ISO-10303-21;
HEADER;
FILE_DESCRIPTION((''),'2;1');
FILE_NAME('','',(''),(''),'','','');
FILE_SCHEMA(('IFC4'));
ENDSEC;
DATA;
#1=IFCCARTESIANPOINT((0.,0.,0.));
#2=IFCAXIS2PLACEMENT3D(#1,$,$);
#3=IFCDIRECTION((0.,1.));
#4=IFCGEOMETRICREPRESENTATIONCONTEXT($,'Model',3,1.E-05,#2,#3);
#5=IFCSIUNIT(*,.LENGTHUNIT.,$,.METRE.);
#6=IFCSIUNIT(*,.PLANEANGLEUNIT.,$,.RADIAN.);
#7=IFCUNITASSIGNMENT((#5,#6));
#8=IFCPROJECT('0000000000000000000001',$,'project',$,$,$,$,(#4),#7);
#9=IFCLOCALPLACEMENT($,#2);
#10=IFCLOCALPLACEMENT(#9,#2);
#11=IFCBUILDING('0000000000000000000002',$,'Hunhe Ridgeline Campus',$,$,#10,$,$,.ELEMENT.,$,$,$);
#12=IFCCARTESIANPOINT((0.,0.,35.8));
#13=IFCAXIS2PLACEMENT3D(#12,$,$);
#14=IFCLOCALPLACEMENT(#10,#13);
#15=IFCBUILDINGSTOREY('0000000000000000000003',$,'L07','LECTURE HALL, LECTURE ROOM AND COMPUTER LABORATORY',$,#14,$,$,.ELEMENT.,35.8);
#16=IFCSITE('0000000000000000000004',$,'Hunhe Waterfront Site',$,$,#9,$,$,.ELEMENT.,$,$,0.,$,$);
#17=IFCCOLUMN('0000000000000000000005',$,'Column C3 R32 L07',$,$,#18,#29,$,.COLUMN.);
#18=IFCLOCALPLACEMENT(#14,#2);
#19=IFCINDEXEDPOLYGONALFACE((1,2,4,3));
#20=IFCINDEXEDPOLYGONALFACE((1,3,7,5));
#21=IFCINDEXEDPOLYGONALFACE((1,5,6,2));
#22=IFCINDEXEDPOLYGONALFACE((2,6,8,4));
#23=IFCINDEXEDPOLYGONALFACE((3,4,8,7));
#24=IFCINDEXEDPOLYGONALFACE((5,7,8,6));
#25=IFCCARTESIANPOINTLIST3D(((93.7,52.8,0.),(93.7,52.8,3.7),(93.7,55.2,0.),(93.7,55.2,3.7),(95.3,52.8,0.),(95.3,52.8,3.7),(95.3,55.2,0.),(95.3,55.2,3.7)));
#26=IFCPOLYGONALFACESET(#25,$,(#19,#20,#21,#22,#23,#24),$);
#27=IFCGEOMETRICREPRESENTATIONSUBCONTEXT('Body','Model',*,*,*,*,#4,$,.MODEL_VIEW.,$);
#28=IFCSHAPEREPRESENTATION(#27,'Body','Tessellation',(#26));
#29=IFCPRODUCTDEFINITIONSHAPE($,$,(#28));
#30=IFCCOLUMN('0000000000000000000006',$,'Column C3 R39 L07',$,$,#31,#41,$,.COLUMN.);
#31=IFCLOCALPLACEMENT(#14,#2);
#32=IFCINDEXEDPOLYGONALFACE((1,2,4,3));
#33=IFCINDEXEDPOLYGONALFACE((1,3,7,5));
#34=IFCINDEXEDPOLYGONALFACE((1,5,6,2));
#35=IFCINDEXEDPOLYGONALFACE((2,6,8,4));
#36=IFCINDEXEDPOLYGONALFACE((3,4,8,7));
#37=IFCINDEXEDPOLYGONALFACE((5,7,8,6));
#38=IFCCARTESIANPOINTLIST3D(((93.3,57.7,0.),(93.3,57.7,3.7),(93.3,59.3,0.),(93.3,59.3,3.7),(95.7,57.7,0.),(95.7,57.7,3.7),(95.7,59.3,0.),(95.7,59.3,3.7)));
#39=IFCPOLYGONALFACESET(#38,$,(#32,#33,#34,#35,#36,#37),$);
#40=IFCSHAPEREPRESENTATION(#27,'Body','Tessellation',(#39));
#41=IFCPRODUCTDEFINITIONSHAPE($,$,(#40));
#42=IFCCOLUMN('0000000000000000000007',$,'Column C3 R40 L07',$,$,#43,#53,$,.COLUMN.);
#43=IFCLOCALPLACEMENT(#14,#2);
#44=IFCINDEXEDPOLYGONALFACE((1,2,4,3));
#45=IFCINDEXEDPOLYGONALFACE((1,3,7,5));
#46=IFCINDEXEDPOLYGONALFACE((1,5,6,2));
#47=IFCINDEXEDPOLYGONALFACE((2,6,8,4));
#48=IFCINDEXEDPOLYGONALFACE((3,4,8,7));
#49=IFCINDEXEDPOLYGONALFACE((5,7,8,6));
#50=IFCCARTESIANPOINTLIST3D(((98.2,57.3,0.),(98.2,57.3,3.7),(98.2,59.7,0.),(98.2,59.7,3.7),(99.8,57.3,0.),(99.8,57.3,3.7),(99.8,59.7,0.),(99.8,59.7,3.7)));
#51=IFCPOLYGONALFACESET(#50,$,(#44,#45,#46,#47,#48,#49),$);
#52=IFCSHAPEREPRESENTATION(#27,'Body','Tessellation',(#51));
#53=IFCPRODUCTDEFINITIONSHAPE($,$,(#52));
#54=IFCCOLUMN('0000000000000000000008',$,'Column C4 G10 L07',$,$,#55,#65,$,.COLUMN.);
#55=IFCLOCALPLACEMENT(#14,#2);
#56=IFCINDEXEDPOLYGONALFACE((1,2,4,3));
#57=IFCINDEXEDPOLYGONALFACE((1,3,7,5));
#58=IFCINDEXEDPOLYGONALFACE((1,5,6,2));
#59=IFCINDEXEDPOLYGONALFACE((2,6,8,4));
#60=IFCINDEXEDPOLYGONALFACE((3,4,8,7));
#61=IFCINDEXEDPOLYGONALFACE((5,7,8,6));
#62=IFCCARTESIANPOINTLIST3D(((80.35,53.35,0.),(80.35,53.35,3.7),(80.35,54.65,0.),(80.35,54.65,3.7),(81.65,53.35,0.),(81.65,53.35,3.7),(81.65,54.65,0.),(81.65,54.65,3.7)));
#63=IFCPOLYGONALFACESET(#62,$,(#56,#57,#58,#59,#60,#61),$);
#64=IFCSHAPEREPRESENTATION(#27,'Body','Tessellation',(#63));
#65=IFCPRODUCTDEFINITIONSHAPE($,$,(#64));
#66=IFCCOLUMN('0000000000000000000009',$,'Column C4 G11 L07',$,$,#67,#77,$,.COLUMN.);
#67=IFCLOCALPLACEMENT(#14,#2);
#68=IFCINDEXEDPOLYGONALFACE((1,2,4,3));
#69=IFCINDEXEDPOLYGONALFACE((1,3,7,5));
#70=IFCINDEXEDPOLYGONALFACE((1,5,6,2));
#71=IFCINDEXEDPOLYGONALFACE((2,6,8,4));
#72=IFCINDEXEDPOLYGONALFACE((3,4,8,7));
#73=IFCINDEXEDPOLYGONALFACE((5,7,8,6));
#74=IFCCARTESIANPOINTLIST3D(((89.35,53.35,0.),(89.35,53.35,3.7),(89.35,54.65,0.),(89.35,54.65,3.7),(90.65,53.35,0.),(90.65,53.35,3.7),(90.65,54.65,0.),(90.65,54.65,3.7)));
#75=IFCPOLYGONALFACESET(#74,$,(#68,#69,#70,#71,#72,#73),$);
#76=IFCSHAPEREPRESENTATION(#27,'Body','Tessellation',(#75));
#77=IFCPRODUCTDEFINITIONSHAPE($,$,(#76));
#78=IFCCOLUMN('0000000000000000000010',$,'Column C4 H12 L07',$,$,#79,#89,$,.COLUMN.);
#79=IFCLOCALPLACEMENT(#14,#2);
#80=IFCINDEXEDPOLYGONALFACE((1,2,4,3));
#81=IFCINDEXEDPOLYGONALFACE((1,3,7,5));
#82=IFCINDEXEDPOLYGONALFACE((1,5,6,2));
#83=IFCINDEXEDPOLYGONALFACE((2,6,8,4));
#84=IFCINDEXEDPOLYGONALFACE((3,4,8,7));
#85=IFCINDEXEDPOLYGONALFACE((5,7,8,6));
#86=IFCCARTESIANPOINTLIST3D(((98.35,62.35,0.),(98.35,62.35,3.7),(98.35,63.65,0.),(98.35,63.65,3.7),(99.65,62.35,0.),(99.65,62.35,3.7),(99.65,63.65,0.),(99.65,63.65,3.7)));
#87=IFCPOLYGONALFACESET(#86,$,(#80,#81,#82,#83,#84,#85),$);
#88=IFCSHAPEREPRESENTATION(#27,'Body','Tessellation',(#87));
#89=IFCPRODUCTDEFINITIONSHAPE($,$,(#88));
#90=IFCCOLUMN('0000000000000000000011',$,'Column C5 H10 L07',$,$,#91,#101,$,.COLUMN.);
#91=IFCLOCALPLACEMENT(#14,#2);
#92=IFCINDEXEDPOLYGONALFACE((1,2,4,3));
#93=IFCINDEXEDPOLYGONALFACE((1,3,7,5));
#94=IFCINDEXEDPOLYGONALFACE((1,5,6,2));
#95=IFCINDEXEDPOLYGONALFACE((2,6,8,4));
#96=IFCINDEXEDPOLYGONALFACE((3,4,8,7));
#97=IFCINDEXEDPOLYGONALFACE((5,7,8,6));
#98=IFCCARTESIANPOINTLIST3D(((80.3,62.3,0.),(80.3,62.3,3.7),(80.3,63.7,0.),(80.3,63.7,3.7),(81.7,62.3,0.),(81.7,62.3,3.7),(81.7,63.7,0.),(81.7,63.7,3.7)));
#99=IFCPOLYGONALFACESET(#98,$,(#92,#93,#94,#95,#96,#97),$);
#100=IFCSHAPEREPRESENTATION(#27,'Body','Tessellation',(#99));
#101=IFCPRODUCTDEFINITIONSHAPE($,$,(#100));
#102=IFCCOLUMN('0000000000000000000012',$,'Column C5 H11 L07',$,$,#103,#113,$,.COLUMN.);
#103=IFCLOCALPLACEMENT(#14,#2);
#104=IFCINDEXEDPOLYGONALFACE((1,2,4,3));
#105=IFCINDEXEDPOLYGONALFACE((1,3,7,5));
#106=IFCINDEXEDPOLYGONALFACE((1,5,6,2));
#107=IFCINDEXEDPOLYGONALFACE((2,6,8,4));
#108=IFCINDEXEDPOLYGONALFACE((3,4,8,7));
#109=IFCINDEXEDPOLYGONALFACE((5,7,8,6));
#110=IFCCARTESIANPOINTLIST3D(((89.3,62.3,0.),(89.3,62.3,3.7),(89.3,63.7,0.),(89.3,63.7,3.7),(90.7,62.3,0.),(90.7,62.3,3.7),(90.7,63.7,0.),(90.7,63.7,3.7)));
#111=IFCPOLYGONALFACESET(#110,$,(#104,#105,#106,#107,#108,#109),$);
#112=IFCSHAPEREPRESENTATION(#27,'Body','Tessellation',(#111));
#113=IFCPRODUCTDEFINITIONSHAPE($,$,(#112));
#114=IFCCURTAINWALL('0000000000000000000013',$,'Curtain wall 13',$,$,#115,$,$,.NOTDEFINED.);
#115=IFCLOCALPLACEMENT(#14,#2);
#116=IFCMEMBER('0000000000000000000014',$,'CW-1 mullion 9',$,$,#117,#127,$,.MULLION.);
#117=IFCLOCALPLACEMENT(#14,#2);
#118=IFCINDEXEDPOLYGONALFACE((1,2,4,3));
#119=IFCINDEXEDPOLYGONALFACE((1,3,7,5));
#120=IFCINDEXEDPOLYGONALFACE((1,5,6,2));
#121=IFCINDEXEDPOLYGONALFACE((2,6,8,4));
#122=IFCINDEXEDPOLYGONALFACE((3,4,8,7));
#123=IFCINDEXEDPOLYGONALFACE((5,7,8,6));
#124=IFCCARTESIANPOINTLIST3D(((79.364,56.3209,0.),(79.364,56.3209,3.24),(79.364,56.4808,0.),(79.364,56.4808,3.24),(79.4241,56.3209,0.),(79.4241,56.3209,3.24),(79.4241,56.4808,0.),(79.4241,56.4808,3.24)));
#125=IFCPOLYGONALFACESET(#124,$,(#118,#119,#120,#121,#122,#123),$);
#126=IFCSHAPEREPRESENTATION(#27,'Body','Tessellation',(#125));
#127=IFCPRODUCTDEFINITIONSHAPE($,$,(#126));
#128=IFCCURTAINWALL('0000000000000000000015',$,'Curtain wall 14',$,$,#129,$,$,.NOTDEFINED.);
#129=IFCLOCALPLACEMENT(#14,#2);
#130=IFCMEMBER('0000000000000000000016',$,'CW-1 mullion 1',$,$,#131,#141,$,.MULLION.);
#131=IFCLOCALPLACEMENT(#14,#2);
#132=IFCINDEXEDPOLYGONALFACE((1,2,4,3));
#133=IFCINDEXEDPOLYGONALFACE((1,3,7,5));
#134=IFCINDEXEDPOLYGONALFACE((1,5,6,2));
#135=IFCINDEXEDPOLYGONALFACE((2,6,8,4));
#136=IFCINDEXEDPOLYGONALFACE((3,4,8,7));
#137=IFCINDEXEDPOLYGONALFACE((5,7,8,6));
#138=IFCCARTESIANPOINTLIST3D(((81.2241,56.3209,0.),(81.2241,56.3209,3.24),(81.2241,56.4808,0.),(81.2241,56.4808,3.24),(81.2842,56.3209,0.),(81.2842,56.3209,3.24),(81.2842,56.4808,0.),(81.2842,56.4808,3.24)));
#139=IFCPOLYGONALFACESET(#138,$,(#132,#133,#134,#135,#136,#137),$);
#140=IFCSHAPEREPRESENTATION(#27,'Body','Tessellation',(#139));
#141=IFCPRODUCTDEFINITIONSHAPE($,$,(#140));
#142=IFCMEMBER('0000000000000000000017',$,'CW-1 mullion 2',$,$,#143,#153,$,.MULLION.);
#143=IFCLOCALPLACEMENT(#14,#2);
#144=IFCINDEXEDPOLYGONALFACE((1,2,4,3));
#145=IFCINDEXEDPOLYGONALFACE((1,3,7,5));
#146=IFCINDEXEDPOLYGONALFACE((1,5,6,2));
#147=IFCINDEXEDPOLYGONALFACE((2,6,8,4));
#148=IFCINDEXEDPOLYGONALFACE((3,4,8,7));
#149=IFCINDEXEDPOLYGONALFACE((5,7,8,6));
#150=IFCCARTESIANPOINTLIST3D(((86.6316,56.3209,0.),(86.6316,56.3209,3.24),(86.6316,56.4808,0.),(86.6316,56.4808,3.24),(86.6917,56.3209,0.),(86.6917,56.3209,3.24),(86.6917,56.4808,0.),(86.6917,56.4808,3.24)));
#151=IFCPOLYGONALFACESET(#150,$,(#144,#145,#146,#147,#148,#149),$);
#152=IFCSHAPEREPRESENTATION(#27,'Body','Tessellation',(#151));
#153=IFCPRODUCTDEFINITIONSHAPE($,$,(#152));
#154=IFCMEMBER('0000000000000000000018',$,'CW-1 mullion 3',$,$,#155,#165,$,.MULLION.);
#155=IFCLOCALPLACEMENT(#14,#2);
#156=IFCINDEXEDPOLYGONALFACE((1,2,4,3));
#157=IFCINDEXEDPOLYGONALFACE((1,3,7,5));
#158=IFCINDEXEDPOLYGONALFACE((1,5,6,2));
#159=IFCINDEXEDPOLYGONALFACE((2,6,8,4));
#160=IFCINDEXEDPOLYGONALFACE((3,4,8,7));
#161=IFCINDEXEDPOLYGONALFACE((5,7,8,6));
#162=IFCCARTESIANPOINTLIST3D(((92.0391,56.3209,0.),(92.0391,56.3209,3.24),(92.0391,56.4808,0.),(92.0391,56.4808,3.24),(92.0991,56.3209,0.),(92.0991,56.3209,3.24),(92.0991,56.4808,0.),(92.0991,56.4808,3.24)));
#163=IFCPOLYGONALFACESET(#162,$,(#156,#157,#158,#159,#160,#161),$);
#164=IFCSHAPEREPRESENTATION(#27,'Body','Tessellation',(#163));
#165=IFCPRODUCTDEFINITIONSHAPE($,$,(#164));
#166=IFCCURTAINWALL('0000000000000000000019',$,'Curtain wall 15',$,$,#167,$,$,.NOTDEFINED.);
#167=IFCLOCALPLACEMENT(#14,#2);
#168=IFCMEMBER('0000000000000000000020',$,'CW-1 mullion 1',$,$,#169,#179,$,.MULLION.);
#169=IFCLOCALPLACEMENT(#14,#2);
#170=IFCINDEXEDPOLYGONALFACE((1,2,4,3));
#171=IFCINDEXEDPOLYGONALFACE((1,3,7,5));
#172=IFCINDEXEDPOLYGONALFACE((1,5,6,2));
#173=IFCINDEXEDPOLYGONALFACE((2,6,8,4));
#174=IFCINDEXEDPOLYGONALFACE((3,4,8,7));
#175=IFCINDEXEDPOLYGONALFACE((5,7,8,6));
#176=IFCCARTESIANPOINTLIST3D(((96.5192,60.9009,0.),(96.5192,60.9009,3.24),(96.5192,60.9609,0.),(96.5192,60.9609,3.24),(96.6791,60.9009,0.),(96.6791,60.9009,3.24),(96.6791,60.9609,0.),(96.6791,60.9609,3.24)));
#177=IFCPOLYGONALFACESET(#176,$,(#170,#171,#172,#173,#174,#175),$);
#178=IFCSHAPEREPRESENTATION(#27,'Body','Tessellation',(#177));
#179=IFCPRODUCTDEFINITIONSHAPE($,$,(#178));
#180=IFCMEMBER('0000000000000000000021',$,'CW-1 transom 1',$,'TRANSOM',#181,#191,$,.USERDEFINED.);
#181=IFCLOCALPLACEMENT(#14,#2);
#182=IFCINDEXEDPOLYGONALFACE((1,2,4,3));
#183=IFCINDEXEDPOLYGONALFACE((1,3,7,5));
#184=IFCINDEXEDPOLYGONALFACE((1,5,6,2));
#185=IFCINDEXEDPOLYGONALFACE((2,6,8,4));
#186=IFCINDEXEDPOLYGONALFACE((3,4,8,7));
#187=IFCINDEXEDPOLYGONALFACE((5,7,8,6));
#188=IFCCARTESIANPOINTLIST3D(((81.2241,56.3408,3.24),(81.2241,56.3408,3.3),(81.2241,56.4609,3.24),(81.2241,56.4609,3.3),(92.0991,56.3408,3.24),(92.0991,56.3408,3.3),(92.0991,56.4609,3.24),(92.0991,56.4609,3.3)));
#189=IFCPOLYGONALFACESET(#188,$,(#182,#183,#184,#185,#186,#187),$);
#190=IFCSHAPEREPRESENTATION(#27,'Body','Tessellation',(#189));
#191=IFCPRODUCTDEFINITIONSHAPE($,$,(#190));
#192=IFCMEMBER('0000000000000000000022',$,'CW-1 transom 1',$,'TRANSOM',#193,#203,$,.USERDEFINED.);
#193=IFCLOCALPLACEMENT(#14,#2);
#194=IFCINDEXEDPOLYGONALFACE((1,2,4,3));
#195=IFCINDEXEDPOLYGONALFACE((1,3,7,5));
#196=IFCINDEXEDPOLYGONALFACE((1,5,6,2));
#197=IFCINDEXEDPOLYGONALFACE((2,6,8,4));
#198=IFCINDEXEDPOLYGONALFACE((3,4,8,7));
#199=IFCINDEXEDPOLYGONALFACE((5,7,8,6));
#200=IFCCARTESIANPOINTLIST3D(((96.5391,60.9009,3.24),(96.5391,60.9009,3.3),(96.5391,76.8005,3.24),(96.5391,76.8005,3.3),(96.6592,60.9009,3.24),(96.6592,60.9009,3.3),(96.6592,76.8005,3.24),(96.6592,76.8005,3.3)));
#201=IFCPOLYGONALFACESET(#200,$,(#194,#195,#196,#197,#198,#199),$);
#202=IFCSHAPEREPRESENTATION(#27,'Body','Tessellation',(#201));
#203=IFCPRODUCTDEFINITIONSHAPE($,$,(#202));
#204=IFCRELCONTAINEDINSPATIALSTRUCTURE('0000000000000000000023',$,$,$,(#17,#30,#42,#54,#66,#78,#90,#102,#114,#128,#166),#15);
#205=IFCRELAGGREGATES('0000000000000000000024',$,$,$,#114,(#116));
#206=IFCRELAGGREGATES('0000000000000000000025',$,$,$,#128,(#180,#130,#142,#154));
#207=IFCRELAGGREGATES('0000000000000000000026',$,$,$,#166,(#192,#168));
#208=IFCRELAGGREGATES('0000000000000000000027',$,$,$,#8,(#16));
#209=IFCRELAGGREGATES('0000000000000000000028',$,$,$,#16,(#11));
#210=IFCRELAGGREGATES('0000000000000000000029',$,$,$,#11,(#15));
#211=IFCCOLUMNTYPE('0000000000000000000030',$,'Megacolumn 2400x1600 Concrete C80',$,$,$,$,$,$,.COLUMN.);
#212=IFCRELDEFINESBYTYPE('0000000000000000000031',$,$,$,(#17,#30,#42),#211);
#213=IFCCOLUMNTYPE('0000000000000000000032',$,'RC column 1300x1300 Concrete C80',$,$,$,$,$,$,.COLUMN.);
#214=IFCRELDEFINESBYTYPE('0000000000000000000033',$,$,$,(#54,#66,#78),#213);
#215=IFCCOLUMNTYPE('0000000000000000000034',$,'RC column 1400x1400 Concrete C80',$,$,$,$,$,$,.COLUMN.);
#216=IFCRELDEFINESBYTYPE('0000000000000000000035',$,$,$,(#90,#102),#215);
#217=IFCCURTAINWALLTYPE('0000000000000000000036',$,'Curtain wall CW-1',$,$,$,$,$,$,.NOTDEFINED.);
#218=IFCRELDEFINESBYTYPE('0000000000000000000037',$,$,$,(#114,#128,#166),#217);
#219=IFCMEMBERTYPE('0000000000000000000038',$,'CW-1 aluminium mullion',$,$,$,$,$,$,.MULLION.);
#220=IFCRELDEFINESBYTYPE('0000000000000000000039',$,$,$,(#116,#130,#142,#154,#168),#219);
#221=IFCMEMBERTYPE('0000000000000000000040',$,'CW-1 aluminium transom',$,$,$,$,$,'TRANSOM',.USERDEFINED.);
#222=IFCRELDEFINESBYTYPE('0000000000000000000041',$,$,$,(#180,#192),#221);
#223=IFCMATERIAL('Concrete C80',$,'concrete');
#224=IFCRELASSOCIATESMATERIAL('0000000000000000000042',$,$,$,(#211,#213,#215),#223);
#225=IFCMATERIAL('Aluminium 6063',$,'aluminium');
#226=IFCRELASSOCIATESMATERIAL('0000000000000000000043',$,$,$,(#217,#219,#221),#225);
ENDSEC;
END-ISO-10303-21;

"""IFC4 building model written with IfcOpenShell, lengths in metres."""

from ifc_helpers import new_model, si_unit, direction, frame, origin, origin_2d, place, context, subcontext, project, spatial, rectangle, extrude, material, material_profile, profile_set, type_object, element, aggregate, save


model = new_model("IFC4")

# Units and contexts
model_context = context("Model", 3, precision=1e-05, world=origin(), true_north=direction((0.0, 1.0)))
body_context = subcontext(model_context, "Body", "Model", "MODEL_VIEW")
ifc_project = project(units=[si_unit("LENGTHUNIT", "METRE"), si_unit("PLANEANGLEUNIT", "RADIAN")], contexts=[model_context])

# Site, building, storey
site_placement = place(None, origin())
site = spatial("IfcSite", under=ifc_project, at=site_placement, Name="Hunhe Waterfront Site", CompositionType="ELEMENT", RefElevation=0.0)
building_placement = place(site_placement, origin())
building = spatial("IfcBuilding", under=site, at=building_placement, Name="Hunhe Ridgeline Campus", CompositionType="ELEMENT")
storey_placement = place(building_placement, frame((0.0, 0.0, 35.8)))
storey = spatial("IfcBuildingStorey", under=building, at=storey_placement, Name="L07", Description="LECTURE HALL, LECTURE ROOM AND COMPUTER LABORATORY", CompositionType="ELEMENT", Elevation=35.8)

# Columns
ifc_material_1 = material(Name="Concrete C80", Category="concrete")
ifc_material_profile_1 = material_profile(ifc_material_1, rectangle(XDim=2.3999, YDim=1.6001, at=origin_2d()))
ifc_profile_set_1 = profile_set([ifc_material_profile_1], Name="Concrete C80")
column_type_1 = type_object("IfcColumnType", Name="Megacolumn 2400x1600 Concrete C80", PredefinedType="COLUMN", material=ifc_profile_set_1)
for number, where, z_axis, x_axis, name in (
    (1, (94.5, 54.0, 0.0), (0.0, 0.0, 1.0), (0.0, 1.0, 0.0), "Column C3 R32 L07"),
    (2, (94.5, 58.5, 0.0), (0.0, 0.0, 1.0), (1.0, 0.0, 0.0), "Column C3 R39 L07"),
    (3, (99.0, 58.5, 0.0), (0.0, 0.0, 1.0), (0.0, 1.0, 0.0), "Column C3 R40 L07"),
):
    element("IfcColumn", number, at=place(storey_placement, frame(where, z_axis=z_axis, x_axis=x_axis)), inside=storey, type_object=column_type_1, Name=name, PredefinedType="COLUMN", context=body_context, shape_type="SweptSolid", body=[
        extrude(rectangle(XDim=2.3999, YDim=1.6001, at=origin_2d()), origin(), (0.0, 0.0, 1.0), 3.7),
    ])
ifc_material_profile_2 = material_profile(ifc_material_1, rectangle(XDim=1.3, YDim=1.3, at=origin_2d()))
ifc_profile_set_2 = profile_set([ifc_material_profile_2], Name="Concrete C80")
column_type_2 = type_object("IfcColumnType", Name="RC column 1300x1300 Concrete C80", PredefinedType="COLUMN", material=ifc_profile_set_2)
for number, where, z_axis, x_axis, name in (
    (4, (81.0, 54.0, 0.0), (0.0, 0.0, 1.0), (1.0, 0.0, 0.0), "Column C4 G10 L07"),
    (5, (90.0, 54.0, 0.0), (0.0, 0.0, 1.0), (1.0, 0.0, 0.0), "Column C4 G11 L07"),
    (6, (99.0, 63.0, 0.0), (0.0, 0.0, 1.0), (1.0, 0.0, 0.0), "Column C4 H12 L07"),
):
    element("IfcColumn", number, at=place(storey_placement, frame(where, z_axis=z_axis, x_axis=x_axis)), inside=storey, type_object=column_type_2, Name=name, PredefinedType="COLUMN", context=body_context, shape_type="SweptSolid", body=[
        extrude(rectangle(XDim=1.3, YDim=1.3, at=origin_2d()), origin(), (0.0, 0.0, 1.0), 3.7),
    ])
ifc_material_profile_3 = material_profile(ifc_material_1, rectangle(XDim=1.3999, YDim=1.3999, at=origin_2d()))
ifc_profile_set_3 = profile_set([ifc_material_profile_3], Name="Concrete C80")
column_type_3 = type_object("IfcColumnType", Name="RC column 1400x1400 Concrete C80", PredefinedType="COLUMN", material=ifc_profile_set_3)
for number, where, z_axis, x_axis, name in (
    (7, (81.0, 63.0, 0.0), (0.0, 0.0, 1.0), (1.0, 0.0, 0.0), "Column C5 H10 L07"),
    (8, (90.0, 63.0, 0.0), (0.0, 0.0, 1.0), (1.0, 0.0, 0.0), "Column C5 H11 L07"),
):
    element("IfcColumn", number, at=place(storey_placement, frame(where, z_axis=z_axis, x_axis=x_axis)), inside=storey, type_object=column_type_3, Name=name, PredefinedType="COLUMN", context=body_context, shape_type="SweptSolid", body=[
        extrude(rectangle(XDim=1.3999, YDim=1.3999, at=origin_2d()), origin(), (0.0, 0.0, 1.0), 3.7),
    ])

# Curtain wall, member
ifc_material_2 = material(Name="Aluminium 6063", Category="aluminium")
curtain_wall_type = type_object("IfcCurtainWallType", Name="Curtain wall CW-1", PredefinedType="NOTDEFINED", material=ifc_material_2)
curtain_wall_1_placement = place(storey_placement, origin())
curtain_wall_1 = element("IfcCurtainWall", 9, at=curtain_wall_1_placement, inside=storey, type_object=curtain_wall_type, Name="Curtain wall 13", PredefinedType="NOTDEFINED")
ifc_material_profile_4 = material_profile(ifc_material_2, rectangle(XDim=0.1599, YDim=0.0601, at=origin_2d()))
ifc_profile_set_4 = profile_set([ifc_material_profile_4], Name="Aluminium 6063")
member_type_1 = type_object("IfcMemberType", Name="CW-1 aluminium mullion", PredefinedType="MULLION", material=ifc_profile_set_4)
member_1_placement = place(storey_placement, frame((79.394, 56.4009, 0.0), z_axis=(0.0, 0.0, 1.0), x_axis=(-0.000004, 1.0, 0.0)))
member_1 = element("IfcMember", 10, at=member_1_placement, type_object=member_type_1, Name="CW-1 mullion 9", PredefinedType="MULLION", context=body_context, shape_type="SweptSolid", body=[
    extrude(rectangle(XDim=0.1599, YDim=0.0601, at=origin_2d()), origin(), (0.0, 0.0, 1.0), 3.24),
])

# Curtain wall, members
curtain_wall_2_placement = place(storey_placement, origin())
curtain_wall_2 = element("IfcCurtainWall", 11, at=curtain_wall_2_placement, inside=storey, type_object=curtain_wall_type, Name="Curtain wall 14", PredefinedType="NOTDEFINED")
member_2_placement = place(storey_placement, frame((81.2542, 56.4009, 0.0), z_axis=(0.0, 0.0, 1.0), x_axis=(-0.000004, 1.0, 0.0)))
member_2 = element("IfcMember", 12, at=member_2_placement, type_object=member_type_1, Name="CW-1 mullion 1", PredefinedType="MULLION", context=body_context, shape_type="SweptSolid", body=[
    extrude(rectangle(XDim=0.1599, YDim=0.0601, at=origin_2d()), origin(), (0.0, 0.0, 1.0), 3.24),
])
member_3_placement = place(storey_placement, frame((86.6616, 56.4009, 0.0), z_axis=(0.0, 0.0, 1.0), x_axis=(-0.000004, 1.0, 0.0)))
member_3 = element("IfcMember", 13, at=member_3_placement, type_object=member_type_1, Name="CW-1 mullion 2", PredefinedType="MULLION", context=body_context, shape_type="SweptSolid", body=[
    extrude(rectangle(XDim=0.1599, YDim=0.0601, at=origin_2d()), origin(), (0.0, 0.0, 1.0), 3.24),
])
member_4_placement = place(storey_placement, frame((92.0691, 56.4009, 0.0), z_axis=(0.0, 0.0, 1.0), x_axis=(-0.000004, 1.0, 0.0)))
member_4 = element("IfcMember", 14, at=member_4_placement, type_object=member_type_1, Name="CW-1 mullion 3", PredefinedType="MULLION", context=body_context, shape_type="SweptSolid", body=[
    extrude(rectangle(XDim=0.1599, YDim=0.0601, at=origin_2d()), origin(), (0.0, 0.0, 1.0), 3.24),
])

# Curtain wall, member
curtain_wall_3_placement = place(storey_placement, origin())
curtain_wall_3 = element("IfcCurtainWall", 15, at=curtain_wall_3_placement, inside=storey, type_object=curtain_wall_type, Name="Curtain wall 15", PredefinedType="NOTDEFINED")
member_5_placement = place(storey_placement, frame((96.5991, 60.9309, 0.0), z_axis=(0.0, 0.0, 1.0), x_axis=(-1.0, 0.0, 0.0)))
member_5 = element("IfcMember", 16, at=member_5_placement, type_object=member_type_1, Name="CW-1 mullion 1", PredefinedType="MULLION", context=body_context, shape_type="SweptSolid", body=[
    extrude(rectangle(XDim=0.1599, YDim=0.0601, at=origin_2d()), origin(), (0.0, 0.0, 1.0), 3.24),
])

# Members
ifc_material_profile_5 = material_profile(ifc_material_2, rectangle(XDim=0.1201, YDim=0.0601, at=origin_2d()))
ifc_profile_set_5 = profile_set([ifc_material_profile_5], Name="Aluminium 6063")
member_type_2 = type_object("IfcMemberType", Name="CW-1 aluminium transom", ElementType="TRANSOM", PredefinedType="USERDEFINED", material=ifc_profile_set_5)
member_6_placement = place(storey_placement, frame((81.2241, 56.4009, 3.27), z_axis=(1.0, 0.0, 0.0), x_axis=(0.0, 1.0, 0.0)))
member_6 = element("IfcMember", 17, at=member_6_placement, type_object=member_type_2, Name="CW-1 transom 1", ObjectType="TRANSOM", PredefinedType="USERDEFINED", context=body_context, shape_type="SweptSolid", body=[
    extrude(rectangle(XDim=0.1201, YDim=0.0601, at=origin_2d()), origin(), (0.0, 0.0, 1.0), 10.875),
])
member_7_placement = place(storey_placement, frame((96.5991, 60.9009, 3.27), z_axis=(0.0, 1.0, 0.0), x_axis=(-1.0, 0.0, 0.0)))
member_7 = element("IfcMember", 18, at=member_7_placement, type_object=member_type_2, Name="CW-1 transom 1", ObjectType="TRANSOM", PredefinedType="USERDEFINED", context=body_context, shape_type="SweptSolid", body=[
    extrude(rectangle(XDim=0.1201, YDim=0.0601, at=origin_2d()), origin(), (0.0, 0.0, 1.0), 15.8997),
])

aggregate(curtain_wall_1, [member_1])
aggregate(curtain_wall_2, [member_6, member_2, member_3, member_4])
aggregate(curtain_wall_3, [member_7, member_5])

save(model, "model.ifc")
